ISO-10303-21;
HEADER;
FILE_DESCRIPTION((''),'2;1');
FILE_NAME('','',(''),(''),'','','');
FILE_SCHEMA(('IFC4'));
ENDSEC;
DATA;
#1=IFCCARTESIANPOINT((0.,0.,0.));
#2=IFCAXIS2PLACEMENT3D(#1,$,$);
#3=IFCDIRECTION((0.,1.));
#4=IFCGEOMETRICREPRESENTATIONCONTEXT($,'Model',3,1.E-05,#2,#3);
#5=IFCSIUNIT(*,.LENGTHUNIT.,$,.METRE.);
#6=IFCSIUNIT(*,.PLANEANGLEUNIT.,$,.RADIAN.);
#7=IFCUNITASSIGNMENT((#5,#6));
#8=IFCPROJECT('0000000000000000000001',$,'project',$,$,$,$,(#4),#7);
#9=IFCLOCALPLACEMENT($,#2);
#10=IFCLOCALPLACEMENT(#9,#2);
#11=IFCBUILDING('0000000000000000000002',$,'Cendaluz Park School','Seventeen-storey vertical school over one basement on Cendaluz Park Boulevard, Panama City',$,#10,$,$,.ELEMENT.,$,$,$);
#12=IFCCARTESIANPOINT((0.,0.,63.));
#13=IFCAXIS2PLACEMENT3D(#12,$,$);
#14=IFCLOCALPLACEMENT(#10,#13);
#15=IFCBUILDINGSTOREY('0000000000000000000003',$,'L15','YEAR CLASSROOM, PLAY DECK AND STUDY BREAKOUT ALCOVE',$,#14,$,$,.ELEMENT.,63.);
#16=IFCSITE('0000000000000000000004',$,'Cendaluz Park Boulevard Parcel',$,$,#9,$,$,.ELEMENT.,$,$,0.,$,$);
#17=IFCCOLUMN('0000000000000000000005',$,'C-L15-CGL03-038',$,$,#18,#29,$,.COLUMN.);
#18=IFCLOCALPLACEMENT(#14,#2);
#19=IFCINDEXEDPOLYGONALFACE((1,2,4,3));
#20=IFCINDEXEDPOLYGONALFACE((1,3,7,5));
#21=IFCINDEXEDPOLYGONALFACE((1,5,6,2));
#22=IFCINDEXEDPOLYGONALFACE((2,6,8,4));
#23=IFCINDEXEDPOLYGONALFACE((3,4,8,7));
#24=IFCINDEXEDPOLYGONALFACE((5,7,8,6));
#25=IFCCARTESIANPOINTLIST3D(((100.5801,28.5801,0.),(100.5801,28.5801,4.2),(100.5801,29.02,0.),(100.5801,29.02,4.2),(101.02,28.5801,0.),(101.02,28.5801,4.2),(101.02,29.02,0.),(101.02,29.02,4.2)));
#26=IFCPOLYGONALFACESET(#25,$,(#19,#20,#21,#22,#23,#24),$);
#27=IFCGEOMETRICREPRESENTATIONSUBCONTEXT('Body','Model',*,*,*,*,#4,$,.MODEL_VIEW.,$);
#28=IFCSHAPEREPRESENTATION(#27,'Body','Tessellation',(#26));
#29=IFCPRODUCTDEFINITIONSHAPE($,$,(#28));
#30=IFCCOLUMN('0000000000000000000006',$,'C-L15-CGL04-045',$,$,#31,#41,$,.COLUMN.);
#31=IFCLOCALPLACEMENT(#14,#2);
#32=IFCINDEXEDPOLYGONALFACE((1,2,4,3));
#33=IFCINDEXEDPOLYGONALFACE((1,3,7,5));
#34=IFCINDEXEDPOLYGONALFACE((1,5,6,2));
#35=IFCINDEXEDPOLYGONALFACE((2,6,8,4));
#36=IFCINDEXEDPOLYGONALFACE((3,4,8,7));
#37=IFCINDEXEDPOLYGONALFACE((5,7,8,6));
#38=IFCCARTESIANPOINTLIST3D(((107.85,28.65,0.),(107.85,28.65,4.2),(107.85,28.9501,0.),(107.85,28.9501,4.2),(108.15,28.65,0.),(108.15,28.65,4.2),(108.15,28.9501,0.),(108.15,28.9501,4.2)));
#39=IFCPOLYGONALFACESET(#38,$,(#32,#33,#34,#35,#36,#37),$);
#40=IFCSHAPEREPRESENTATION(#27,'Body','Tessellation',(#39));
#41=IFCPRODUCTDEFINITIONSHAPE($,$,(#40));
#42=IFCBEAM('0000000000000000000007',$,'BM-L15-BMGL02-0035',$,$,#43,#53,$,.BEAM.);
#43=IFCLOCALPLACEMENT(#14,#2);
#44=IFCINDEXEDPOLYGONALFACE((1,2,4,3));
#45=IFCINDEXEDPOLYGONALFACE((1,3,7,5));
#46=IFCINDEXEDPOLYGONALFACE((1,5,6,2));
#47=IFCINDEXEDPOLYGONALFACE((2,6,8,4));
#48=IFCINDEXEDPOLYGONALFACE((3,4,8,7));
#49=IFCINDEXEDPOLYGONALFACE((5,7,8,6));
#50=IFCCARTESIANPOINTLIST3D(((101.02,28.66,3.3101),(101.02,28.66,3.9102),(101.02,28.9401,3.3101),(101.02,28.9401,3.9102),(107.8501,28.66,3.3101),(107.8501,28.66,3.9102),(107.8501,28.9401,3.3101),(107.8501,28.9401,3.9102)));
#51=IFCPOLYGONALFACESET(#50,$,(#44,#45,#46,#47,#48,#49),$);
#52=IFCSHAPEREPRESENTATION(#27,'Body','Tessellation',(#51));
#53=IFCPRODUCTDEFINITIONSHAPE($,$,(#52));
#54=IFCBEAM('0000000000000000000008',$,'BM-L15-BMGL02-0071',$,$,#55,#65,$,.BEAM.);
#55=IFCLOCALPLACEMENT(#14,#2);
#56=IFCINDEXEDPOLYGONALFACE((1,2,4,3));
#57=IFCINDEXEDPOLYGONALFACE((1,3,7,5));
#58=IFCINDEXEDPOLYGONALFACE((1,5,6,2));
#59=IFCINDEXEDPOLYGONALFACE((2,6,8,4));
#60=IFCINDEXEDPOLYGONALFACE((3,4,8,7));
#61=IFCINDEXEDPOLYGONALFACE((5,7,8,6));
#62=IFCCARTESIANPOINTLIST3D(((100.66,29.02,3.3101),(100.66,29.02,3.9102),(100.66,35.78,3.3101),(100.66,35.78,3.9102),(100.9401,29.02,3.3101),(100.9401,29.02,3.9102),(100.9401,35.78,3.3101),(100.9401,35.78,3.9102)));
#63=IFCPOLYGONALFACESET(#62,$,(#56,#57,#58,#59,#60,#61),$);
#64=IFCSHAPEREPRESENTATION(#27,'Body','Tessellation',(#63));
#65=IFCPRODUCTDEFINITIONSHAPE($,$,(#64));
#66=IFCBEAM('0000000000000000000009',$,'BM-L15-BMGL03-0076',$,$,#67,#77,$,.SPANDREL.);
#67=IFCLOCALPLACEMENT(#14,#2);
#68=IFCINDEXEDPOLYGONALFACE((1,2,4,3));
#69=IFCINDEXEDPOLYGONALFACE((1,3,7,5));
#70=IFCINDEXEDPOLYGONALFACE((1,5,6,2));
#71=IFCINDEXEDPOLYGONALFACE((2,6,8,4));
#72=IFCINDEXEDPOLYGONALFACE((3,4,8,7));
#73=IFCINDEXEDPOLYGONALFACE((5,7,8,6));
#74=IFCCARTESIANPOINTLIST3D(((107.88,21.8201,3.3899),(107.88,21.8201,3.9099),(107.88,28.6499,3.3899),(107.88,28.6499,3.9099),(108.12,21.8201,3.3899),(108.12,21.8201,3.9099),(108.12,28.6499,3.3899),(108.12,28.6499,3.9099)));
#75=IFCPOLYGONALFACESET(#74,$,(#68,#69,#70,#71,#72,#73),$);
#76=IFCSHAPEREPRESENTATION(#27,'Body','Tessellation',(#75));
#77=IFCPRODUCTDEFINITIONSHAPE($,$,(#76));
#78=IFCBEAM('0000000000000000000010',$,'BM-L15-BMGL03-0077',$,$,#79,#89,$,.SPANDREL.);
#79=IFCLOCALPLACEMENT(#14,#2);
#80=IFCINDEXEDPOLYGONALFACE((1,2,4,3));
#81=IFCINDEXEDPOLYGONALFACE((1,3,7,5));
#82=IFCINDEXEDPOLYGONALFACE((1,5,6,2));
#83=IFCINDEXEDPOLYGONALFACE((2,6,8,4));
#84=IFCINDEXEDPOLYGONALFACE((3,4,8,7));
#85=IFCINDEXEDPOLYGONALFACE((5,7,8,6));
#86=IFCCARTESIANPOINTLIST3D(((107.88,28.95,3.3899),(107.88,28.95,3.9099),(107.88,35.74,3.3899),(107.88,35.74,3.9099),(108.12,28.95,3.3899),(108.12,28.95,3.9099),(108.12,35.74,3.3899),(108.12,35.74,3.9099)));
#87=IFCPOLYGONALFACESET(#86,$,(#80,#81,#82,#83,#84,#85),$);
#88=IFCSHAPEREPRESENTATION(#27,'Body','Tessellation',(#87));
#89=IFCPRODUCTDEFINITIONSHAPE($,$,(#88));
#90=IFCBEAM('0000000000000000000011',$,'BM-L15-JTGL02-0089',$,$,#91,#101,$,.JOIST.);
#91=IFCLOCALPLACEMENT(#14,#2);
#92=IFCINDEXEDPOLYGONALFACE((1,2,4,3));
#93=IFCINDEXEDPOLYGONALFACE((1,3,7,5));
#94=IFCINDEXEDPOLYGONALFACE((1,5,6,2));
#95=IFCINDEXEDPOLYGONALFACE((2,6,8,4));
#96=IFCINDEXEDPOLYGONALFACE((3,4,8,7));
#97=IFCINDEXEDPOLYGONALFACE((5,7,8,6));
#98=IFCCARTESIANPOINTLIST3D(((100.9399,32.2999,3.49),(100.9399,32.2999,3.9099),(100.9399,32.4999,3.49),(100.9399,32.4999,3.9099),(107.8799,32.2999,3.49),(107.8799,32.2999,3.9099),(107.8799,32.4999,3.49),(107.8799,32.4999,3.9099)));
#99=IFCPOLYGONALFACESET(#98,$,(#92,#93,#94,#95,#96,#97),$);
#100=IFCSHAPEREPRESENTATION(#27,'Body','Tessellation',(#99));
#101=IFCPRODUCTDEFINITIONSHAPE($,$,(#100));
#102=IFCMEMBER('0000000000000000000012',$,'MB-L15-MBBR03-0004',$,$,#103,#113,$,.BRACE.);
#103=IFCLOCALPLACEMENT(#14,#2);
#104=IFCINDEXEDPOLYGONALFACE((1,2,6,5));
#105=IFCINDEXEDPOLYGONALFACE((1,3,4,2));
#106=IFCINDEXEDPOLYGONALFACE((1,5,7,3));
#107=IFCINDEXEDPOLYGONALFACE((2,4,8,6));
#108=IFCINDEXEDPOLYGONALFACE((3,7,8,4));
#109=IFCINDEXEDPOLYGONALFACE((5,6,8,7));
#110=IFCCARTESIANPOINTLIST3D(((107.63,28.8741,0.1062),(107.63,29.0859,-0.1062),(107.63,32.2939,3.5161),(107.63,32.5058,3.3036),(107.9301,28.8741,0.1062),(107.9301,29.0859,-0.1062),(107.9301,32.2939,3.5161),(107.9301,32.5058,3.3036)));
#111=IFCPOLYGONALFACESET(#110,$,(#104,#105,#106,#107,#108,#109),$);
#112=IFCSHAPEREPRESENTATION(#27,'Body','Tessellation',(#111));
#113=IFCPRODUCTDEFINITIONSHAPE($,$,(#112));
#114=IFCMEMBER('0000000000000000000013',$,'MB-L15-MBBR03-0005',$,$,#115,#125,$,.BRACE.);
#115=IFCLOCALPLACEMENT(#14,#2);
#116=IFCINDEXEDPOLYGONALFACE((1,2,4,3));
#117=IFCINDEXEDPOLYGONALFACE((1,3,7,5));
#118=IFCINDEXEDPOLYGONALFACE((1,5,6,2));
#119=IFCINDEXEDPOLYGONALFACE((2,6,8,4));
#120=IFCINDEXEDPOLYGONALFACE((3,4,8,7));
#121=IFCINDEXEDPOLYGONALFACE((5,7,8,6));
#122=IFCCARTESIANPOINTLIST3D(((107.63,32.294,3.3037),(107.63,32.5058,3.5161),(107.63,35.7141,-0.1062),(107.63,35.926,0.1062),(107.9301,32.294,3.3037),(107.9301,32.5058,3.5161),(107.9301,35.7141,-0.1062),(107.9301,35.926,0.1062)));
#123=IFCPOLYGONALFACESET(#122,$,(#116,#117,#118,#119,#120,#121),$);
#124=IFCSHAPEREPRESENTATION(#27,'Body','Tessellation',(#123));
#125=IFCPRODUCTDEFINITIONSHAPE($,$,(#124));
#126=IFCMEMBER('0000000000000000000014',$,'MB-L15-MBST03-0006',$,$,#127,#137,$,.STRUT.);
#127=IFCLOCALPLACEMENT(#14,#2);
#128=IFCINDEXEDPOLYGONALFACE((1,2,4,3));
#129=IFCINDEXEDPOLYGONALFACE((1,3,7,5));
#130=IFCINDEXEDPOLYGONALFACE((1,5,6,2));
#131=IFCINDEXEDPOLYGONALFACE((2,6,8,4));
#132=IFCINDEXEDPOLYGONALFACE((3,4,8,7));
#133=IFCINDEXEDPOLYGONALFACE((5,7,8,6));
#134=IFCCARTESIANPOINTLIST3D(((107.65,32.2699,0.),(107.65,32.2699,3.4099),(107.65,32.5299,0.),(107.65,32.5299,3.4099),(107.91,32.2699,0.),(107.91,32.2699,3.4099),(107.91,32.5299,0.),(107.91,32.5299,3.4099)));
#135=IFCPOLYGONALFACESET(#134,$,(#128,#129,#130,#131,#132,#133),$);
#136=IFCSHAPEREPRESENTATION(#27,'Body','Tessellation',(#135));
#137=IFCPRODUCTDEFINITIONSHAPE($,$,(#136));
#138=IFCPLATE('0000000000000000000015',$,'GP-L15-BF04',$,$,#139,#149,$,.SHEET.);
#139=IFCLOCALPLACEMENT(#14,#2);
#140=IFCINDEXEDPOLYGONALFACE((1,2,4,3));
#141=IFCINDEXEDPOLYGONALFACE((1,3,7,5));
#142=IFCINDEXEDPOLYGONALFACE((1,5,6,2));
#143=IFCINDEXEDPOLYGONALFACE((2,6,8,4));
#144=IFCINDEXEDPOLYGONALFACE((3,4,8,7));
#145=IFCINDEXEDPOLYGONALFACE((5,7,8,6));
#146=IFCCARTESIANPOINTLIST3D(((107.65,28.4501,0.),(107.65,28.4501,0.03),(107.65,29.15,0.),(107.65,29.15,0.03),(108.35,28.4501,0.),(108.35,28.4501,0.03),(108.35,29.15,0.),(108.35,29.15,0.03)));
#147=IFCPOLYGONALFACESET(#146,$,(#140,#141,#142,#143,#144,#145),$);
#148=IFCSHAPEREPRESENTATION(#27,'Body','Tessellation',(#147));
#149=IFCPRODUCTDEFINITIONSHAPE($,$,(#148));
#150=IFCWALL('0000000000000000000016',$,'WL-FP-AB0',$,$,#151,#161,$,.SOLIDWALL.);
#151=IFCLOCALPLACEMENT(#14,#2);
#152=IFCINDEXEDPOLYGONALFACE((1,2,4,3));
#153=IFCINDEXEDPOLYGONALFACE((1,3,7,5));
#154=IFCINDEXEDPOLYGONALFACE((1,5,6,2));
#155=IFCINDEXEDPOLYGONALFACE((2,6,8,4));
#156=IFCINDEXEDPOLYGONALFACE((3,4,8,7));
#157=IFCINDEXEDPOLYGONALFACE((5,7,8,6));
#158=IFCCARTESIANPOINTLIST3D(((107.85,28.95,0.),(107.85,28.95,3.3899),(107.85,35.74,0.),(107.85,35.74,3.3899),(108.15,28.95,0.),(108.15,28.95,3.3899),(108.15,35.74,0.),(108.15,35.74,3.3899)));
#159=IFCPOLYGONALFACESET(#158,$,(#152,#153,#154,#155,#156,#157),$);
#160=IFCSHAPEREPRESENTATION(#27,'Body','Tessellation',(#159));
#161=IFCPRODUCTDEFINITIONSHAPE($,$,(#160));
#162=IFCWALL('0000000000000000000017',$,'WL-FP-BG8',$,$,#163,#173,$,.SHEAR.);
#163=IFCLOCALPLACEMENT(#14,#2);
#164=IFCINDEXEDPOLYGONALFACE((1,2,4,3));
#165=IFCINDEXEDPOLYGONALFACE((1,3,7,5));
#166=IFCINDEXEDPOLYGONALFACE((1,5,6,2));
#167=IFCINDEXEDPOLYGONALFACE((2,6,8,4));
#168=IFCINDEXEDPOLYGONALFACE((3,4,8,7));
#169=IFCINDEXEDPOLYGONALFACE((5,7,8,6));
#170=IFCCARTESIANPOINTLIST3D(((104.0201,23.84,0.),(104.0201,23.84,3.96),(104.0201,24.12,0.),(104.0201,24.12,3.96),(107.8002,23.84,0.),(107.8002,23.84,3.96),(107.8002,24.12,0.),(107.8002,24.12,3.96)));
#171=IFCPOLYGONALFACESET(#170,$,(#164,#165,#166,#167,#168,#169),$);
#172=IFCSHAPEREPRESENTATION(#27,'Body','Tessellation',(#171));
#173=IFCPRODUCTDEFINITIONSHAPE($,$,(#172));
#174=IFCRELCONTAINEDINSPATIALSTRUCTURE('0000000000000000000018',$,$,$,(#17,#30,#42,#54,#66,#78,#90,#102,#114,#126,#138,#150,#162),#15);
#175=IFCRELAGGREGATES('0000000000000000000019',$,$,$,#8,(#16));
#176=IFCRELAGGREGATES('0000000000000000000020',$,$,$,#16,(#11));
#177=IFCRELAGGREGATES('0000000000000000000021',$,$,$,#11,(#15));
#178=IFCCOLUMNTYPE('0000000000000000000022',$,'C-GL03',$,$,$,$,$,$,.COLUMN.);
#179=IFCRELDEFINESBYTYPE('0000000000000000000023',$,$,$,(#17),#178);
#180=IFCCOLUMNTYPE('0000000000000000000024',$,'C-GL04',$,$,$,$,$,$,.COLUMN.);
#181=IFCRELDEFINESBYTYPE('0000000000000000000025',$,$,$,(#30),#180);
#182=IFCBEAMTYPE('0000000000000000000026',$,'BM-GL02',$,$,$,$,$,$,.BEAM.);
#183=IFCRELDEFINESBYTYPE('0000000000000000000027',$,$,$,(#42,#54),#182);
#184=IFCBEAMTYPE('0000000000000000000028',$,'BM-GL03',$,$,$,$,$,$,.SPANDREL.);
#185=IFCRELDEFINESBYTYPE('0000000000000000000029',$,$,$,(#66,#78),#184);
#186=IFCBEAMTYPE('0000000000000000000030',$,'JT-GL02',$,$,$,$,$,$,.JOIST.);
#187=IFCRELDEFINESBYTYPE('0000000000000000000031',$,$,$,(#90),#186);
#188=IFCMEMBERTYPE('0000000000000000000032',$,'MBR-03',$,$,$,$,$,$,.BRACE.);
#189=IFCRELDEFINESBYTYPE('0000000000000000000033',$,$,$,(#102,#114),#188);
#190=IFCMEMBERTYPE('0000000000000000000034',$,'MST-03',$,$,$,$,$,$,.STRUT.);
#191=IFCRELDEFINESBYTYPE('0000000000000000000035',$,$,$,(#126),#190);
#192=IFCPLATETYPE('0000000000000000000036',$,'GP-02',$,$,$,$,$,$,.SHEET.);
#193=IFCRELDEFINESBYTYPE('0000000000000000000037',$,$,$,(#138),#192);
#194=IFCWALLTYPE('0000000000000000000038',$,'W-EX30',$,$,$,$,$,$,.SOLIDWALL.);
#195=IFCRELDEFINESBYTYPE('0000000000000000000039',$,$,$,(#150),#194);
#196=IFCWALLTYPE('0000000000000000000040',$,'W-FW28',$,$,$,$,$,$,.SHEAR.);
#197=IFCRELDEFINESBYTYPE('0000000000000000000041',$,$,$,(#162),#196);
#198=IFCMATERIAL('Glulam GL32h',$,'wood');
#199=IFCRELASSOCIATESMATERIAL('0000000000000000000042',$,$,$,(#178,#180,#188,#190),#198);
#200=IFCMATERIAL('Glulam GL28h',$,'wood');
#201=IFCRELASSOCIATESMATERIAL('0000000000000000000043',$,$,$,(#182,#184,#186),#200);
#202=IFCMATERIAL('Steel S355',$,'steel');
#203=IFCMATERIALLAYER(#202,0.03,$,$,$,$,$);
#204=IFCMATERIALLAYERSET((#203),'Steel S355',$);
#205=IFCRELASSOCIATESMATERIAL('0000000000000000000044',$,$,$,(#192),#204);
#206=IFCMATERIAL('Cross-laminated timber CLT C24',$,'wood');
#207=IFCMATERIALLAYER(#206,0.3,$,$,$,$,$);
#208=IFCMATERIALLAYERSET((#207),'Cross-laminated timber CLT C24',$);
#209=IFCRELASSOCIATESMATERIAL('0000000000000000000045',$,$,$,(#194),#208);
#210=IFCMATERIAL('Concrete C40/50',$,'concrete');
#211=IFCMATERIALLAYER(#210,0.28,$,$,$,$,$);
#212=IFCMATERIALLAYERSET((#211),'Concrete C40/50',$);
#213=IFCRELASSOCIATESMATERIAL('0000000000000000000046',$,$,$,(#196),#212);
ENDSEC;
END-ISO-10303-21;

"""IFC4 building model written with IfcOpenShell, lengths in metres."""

from ifc_helpers import new_model, si_unit, direction, frame, frame_2d, origin, origin_2d, place, context, subcontext, project, spatial, rectangle, extrude, material, layer, layer_set, material_profile, profile_set, type_object, element, save


model = new_model("IFC4")

# Units and contexts
model_context = context("Model", 3, precision=1e-05, world=origin(), true_north=direction((0.0, 1.0)))
body_context = subcontext(model_context, "Body", "Model", "MODEL_VIEW")
ifc_project = project(units=[si_unit("LENGTHUNIT", "METRE"), si_unit("PLANEANGLEUNIT", "RADIAN")], contexts=[model_context])

# Site, building, storey
site_placement = place(None, origin())
site = spatial("IfcSite", under=ifc_project, at=site_placement, Name="Cendaluz Park Boulevard Parcel", CompositionType="ELEMENT", RefElevation=0.0)
building_placement = place(site_placement, origin())
building = spatial("IfcBuilding", under=site, at=building_placement, Name="Cendaluz Park School", Description="Seventeen-storey vertical school over one basement on Cendaluz Park Boulevard, Panama City", CompositionType="ELEMENT")
storey_placement = place(building_placement, frame((0.0, 0.0, 63.0)))
storey = spatial("IfcBuildingStorey", under=building, at=storey_placement, Name="L15", Description="YEAR CLASSROOM, PLAY DECK AND STUDY BREAKOUT ALCOVE", CompositionType="ELEMENT", Elevation=63.0)

# Columns
ifc_material_1 = material(Name="Glulam GL32h", Category="wood")
ifc_material_profile_1 = material_profile(ifc_material_1, rectangle(XDim=0.4399, YDim=0.4399, at=origin_2d()), Name="GL32h 440x440", Category="wood")
ifc_profile_set_1 = profile_set([ifc_material_profile_1], Name="Glulam GL32h")
column_type_1 = type_object("IfcColumnType", Name="C-GL03", PredefinedType="COLUMN", material=ifc_profile_set_1)
column_1_placement = place(storey_placement, frame((100.8, 28.8, 0.0), z_axis=(0.0, 0.0, 1.0), x_axis=(1.0, 0.0, 0.0)))
element("IfcColumn", 1, at=column_1_placement, inside=storey, type_object=column_type_1, Name="C-L15-CGL03-038", PredefinedType="COLUMN", context=body_context, shape_type="SweptSolid", body=[
    extrude(rectangle(XDim=0.4399, YDim=0.4399, at=origin_2d()), origin(), (0.0, 0.0, 1.0), 4.2),
])
ifc_material_profile_2 = material_profile(ifc_material_1, rectangle(XDim=0.3, YDim=0.3, at=origin_2d()), Name="GL32h 300x300", Category="wood")
ifc_profile_set_2 = profile_set([ifc_material_profile_2], Name="Glulam GL32h")
column_type_2 = type_object("IfcColumnType", Name="C-GL04", PredefinedType="COLUMN", material=ifc_profile_set_2)
column_2_placement = place(storey_placement, frame((108.0, 28.8, 0.0), z_axis=(0.0, 0.0, 1.0), x_axis=(1.0, 0.0, 0.0)))
element("IfcColumn", 2, at=column_2_placement, inside=storey, type_object=column_type_2, Name="C-L15-CGL04-045", PredefinedType="COLUMN", context=body_context, shape_type="SweptSolid", body=[
    extrude(rectangle(XDim=0.3, YDim=0.3, at=origin_2d()), origin(), (0.0, 0.0, 1.0), 4.2),
])

# Beams
ifc_material_2 = material(Name="Glulam GL28h", Category="wood")
ifc_material_profile_3 = material_profile(ifc_material_2, rectangle(XDim=0.28, YDim=0.6001, at=origin_2d()), Name="GL28h 280x600", Category="wood")
ifc_profile_set_3 = profile_set([ifc_material_profile_3], Name="Glulam GL28h")
beam_type_1 = type_object("IfcBeamType", Name="BM-GL02", PredefinedType="BEAM", material=ifc_profile_set_3)
beam_1_placement = place(storey_placement, frame((101.02, 28.8, 3.6101), z_axis=(1.0, 0.0, 0.0), x_axis=(0.0, 1.0, 0.0)))
element("IfcBeam", 3, at=beam_1_placement, inside=storey, type_object=beam_type_1, Name="BM-L15-BMGL02-0035", PredefinedType="BEAM", context=body_context, shape_type="SweptSolid", body=[
    extrude(rectangle(XDim=0.28, YDim=0.6001, at=origin_2d()), origin(), (0.0, 0.0, 1.0), 6.8301),
])
beam_2_placement = place(storey_placement, frame((100.8, 29.02, 3.6101), z_axis=(0.0, 1.0, 0.0), x_axis=(-1.0, 0.0, 0.0)))
element("IfcBeam", 4, at=beam_2_placement, inside=storey, type_object=beam_type_1, Name="BM-L15-BMGL02-0071", PredefinedType="BEAM", context=body_context, shape_type="SweptSolid", body=[
    extrude(rectangle(XDim=0.28, YDim=0.6001, at=origin_2d()), origin(), (0.0, 0.0, 1.0), 6.76),
])
ifc_material_profile_4 = material_profile(ifc_material_2, rectangle(XDim=0.24, YDim=0.52, at=origin_2d()), Name="GL28h 240x520", Category="wood")
ifc_profile_set_4 = profile_set([ifc_material_profile_4], Name="Glulam GL28h")
beam_type_2 = type_object("IfcBeamType", Name="BM-GL03", PredefinedType="SPANDREL", material=ifc_profile_set_4)
beam_3_placement = place(storey_placement, frame((108.0, 21.8201, 3.6499), z_axis=(0.0, 1.0, 0.0), x_axis=(-1.0, 0.0, 0.0)))
element("IfcBeam", 5, at=beam_3_placement, inside=storey, type_object=beam_type_2, Name="BM-L15-BMGL03-0076", PredefinedType="SPANDREL", context=body_context, shape_type="SweptSolid", body=[
    extrude(rectangle(XDim=0.24, YDim=0.52, at=origin_2d()), origin(), (0.0, 0.0, 1.0), 6.8298),
])
beam_4_placement = place(storey_placement, frame((108.0, 28.95, 3.6499), z_axis=(0.0, 1.0, 0.0), x_axis=(-1.0, 0.0, 0.0)))
element("IfcBeam", 6, at=beam_4_placement, inside=storey, type_object=beam_type_2, Name="BM-L15-BMGL03-0077", PredefinedType="SPANDREL", context=body_context, shape_type="SweptSolid", body=[
    extrude(rectangle(XDim=0.24, YDim=0.52, at=origin_2d()), origin(), (0.0, 0.0, 1.0), 6.79),
])
ifc_material_profile_5 = material_profile(ifc_material_2, rectangle(XDim=0.2, YDim=0.4199, at=origin_2d()), Name="GL28h 200x420", Category="wood")
ifc_profile_set_5 = profile_set([ifc_material_profile_5], Name="Glulam GL28h")
beam_type_3 = type_object("IfcBeamType", Name="JT-GL02", PredefinedType="JOIST", material=ifc_profile_set_5)
beam_5_placement = place(storey_placement, frame((100.9399, 32.3999, 3.7), z_axis=(1.0, 0.0, 0.0), x_axis=(0.0, 1.0, 0.0)))
element("IfcBeam", 7, at=beam_5_placement, inside=storey, type_object=beam_type_3, Name="BM-L15-JTGL02-0089", PredefinedType="JOIST", context=body_context, shape_type="SweptSolid", body=[
    extrude(rectangle(XDim=0.2, YDim=0.4199, at=origin_2d()), origin(), (0.0, 0.0, 1.0), 6.9399),
])

# Members
ifc_material_profile_6 = material_profile(ifc_material_1, rectangle(XDim=0.3, YDim=0.3, at=origin_2d()), Name="GL32h 300x300", Category="wood")
ifc_profile_set_6 = profile_set([ifc_material_profile_6], Name="Glulam GL32h")
member_type_1 = type_object("IfcMemberType", Name="MBR-03", PredefinedType="BRACE", material=ifc_profile_set_6)
member_1_placement = place(storey_placement, frame((107.78, 28.98, 0.0), z_axis=(0.0, 0.708142, 0.70607), x_axis=(-1.0, 0.0, 0.0)))
element("IfcMember", 8, at=member_1_placement, inside=storey, type_object=member_type_1, Name="MB-L15-MBBR03-0004", PredefinedType="BRACE", context=body_context, shape_type="SweptSolid", body=[
    extrude(rectangle(XDim=0.3, YDim=0.3, at=origin_2d()), origin(), (0.0, 0.0, 1.0), 4.8293),
])
member_2_placement = place(storey_placement, frame((107.78, 35.8201, 0.0), z_axis=(0.0, -0.708168, 0.706044), x_axis=(1.0, 0.0, 0.0)))
element("IfcMember", 9, at=member_2_placement, inside=storey, type_object=member_type_1, Name="MB-L15-MBBR03-0005", PredefinedType="BRACE", context=body_context, shape_type="SweptSolid", body=[
    extrude(rectangle(XDim=0.3, YDim=0.3, at=origin_2d()), origin(), (0.0, 0.0, 1.0), 4.8296),
])
ifc_material_profile_7 = material_profile(ifc_material_1, rectangle(XDim=0.26, YDim=0.26, at=origin_2d()), Name="GL32h 260x260", Category="wood")
ifc_profile_set_7 = profile_set([ifc_material_profile_7], Name="Glulam GL32h")
member_type_2 = type_object("IfcMemberType", Name="MST-03", PredefinedType="STRUT", material=ifc_profile_set_7)
member_3_placement = place(storey_placement, frame((107.78, 32.3999, 0.0), z_axis=(0.0, 0.0, 1.0), x_axis=(1.0, 0.0, 0.0)))
element("IfcMember", 10, at=member_3_placement, inside=storey, type_object=member_type_2, Name="MB-L15-MBST03-0006", PredefinedType="STRUT", context=body_context, shape_type="SweptSolid", body=[
    extrude(rectangle(XDim=0.26, YDim=0.26, at=origin_2d()), origin(), (0.0, 0.0, 1.0), 3.4099),
])

# Plate
ifc_material_3 = material(Name="Steel S355", Category="steel")
ifc_layer_1 = layer(ifc_material_3, 0.03)
ifc_layer_set_1 = layer_set([ifc_layer_1], Name="Steel S355")
plate_type = type_object("IfcPlateType", Name="GP-02", PredefinedType="SHEET", material=ifc_layer_set_1)
plate_placement = place(storey_placement, frame((108.0, 28.8, 0.0), z_axis=(0.0, 0.0, 1.0), x_axis=(1.0, 0.0, 0.0)))
element("IfcPlate", 11, at=plate_placement, inside=storey, type_object=plate_type, Name="GP-L15-BF04", PredefinedType="SHEET", context=body_context, shape_type="SweptSolid", body=[
    extrude(rectangle(XDim=0.7, YDim=0.7, at=origin_2d()), origin(), (0.0, 0.0, 1.0), 0.03),
])

# Walls
ifc_material_4 = material(Name="Cross-laminated timber CLT C24", Category="wood")
ifc_layer_2 = layer(ifc_material_4, 0.3)
ifc_layer_set_2 = layer_set([ifc_layer_2], Name="Cross-laminated timber CLT C24")
wall_type_1 = type_object("IfcWallType", Name="W-EX30", PredefinedType="SOLIDWALL", material=ifc_layer_set_2)
wall_1_placement = place(storey_placement, frame((108.0, 28.95, 0.0), z_axis=(0.0, 0.0, 1.0), x_axis=(0.0, 1.0, 0.0)))
element("IfcWall", 12, at=wall_1_placement, inside=storey, type_object=wall_type_1, Name="WL-FP-AB0", PredefinedType="SOLIDWALL", context=body_context, shape_type="SweptSolid", body=[
    extrude(rectangle(XDim=6.79, YDim=0.3, at=frame_2d((3.395, 0.0))), origin(), (0.0, 0.0, 1.0), 3.3899),
])
ifc_material_5 = material(Name="Concrete C40/50", Category="concrete")
ifc_layer_3 = layer(ifc_material_5, 0.28)
ifc_layer_set_3 = layer_set([ifc_layer_3], Name="Concrete C40/50")
wall_type_2 = type_object("IfcWallType", Name="W-FW28", PredefinedType="SHEAR", material=ifc_layer_set_3)
wall_2_placement = place(storey_placement, frame((104.02, 23.98, 0.0), z_axis=(0.0, 0.0, 1.0), x_axis=(1.0, 0.0, 0.0)))
element("IfcWall", 13, at=wall_2_placement, inside=storey, type_object=wall_type_2, Name="WL-FP-BG8", PredefinedType="SHEAR", context=body_context, shape_type="SweptSolid", body=[
    extrude(rectangle(XDim=3.78, YDim=0.28, at=frame_2d((1.8901, 0.0))), origin(), (0.0, 0.0, 1.0), 3.96),
])

save(model, "model.ifc")
